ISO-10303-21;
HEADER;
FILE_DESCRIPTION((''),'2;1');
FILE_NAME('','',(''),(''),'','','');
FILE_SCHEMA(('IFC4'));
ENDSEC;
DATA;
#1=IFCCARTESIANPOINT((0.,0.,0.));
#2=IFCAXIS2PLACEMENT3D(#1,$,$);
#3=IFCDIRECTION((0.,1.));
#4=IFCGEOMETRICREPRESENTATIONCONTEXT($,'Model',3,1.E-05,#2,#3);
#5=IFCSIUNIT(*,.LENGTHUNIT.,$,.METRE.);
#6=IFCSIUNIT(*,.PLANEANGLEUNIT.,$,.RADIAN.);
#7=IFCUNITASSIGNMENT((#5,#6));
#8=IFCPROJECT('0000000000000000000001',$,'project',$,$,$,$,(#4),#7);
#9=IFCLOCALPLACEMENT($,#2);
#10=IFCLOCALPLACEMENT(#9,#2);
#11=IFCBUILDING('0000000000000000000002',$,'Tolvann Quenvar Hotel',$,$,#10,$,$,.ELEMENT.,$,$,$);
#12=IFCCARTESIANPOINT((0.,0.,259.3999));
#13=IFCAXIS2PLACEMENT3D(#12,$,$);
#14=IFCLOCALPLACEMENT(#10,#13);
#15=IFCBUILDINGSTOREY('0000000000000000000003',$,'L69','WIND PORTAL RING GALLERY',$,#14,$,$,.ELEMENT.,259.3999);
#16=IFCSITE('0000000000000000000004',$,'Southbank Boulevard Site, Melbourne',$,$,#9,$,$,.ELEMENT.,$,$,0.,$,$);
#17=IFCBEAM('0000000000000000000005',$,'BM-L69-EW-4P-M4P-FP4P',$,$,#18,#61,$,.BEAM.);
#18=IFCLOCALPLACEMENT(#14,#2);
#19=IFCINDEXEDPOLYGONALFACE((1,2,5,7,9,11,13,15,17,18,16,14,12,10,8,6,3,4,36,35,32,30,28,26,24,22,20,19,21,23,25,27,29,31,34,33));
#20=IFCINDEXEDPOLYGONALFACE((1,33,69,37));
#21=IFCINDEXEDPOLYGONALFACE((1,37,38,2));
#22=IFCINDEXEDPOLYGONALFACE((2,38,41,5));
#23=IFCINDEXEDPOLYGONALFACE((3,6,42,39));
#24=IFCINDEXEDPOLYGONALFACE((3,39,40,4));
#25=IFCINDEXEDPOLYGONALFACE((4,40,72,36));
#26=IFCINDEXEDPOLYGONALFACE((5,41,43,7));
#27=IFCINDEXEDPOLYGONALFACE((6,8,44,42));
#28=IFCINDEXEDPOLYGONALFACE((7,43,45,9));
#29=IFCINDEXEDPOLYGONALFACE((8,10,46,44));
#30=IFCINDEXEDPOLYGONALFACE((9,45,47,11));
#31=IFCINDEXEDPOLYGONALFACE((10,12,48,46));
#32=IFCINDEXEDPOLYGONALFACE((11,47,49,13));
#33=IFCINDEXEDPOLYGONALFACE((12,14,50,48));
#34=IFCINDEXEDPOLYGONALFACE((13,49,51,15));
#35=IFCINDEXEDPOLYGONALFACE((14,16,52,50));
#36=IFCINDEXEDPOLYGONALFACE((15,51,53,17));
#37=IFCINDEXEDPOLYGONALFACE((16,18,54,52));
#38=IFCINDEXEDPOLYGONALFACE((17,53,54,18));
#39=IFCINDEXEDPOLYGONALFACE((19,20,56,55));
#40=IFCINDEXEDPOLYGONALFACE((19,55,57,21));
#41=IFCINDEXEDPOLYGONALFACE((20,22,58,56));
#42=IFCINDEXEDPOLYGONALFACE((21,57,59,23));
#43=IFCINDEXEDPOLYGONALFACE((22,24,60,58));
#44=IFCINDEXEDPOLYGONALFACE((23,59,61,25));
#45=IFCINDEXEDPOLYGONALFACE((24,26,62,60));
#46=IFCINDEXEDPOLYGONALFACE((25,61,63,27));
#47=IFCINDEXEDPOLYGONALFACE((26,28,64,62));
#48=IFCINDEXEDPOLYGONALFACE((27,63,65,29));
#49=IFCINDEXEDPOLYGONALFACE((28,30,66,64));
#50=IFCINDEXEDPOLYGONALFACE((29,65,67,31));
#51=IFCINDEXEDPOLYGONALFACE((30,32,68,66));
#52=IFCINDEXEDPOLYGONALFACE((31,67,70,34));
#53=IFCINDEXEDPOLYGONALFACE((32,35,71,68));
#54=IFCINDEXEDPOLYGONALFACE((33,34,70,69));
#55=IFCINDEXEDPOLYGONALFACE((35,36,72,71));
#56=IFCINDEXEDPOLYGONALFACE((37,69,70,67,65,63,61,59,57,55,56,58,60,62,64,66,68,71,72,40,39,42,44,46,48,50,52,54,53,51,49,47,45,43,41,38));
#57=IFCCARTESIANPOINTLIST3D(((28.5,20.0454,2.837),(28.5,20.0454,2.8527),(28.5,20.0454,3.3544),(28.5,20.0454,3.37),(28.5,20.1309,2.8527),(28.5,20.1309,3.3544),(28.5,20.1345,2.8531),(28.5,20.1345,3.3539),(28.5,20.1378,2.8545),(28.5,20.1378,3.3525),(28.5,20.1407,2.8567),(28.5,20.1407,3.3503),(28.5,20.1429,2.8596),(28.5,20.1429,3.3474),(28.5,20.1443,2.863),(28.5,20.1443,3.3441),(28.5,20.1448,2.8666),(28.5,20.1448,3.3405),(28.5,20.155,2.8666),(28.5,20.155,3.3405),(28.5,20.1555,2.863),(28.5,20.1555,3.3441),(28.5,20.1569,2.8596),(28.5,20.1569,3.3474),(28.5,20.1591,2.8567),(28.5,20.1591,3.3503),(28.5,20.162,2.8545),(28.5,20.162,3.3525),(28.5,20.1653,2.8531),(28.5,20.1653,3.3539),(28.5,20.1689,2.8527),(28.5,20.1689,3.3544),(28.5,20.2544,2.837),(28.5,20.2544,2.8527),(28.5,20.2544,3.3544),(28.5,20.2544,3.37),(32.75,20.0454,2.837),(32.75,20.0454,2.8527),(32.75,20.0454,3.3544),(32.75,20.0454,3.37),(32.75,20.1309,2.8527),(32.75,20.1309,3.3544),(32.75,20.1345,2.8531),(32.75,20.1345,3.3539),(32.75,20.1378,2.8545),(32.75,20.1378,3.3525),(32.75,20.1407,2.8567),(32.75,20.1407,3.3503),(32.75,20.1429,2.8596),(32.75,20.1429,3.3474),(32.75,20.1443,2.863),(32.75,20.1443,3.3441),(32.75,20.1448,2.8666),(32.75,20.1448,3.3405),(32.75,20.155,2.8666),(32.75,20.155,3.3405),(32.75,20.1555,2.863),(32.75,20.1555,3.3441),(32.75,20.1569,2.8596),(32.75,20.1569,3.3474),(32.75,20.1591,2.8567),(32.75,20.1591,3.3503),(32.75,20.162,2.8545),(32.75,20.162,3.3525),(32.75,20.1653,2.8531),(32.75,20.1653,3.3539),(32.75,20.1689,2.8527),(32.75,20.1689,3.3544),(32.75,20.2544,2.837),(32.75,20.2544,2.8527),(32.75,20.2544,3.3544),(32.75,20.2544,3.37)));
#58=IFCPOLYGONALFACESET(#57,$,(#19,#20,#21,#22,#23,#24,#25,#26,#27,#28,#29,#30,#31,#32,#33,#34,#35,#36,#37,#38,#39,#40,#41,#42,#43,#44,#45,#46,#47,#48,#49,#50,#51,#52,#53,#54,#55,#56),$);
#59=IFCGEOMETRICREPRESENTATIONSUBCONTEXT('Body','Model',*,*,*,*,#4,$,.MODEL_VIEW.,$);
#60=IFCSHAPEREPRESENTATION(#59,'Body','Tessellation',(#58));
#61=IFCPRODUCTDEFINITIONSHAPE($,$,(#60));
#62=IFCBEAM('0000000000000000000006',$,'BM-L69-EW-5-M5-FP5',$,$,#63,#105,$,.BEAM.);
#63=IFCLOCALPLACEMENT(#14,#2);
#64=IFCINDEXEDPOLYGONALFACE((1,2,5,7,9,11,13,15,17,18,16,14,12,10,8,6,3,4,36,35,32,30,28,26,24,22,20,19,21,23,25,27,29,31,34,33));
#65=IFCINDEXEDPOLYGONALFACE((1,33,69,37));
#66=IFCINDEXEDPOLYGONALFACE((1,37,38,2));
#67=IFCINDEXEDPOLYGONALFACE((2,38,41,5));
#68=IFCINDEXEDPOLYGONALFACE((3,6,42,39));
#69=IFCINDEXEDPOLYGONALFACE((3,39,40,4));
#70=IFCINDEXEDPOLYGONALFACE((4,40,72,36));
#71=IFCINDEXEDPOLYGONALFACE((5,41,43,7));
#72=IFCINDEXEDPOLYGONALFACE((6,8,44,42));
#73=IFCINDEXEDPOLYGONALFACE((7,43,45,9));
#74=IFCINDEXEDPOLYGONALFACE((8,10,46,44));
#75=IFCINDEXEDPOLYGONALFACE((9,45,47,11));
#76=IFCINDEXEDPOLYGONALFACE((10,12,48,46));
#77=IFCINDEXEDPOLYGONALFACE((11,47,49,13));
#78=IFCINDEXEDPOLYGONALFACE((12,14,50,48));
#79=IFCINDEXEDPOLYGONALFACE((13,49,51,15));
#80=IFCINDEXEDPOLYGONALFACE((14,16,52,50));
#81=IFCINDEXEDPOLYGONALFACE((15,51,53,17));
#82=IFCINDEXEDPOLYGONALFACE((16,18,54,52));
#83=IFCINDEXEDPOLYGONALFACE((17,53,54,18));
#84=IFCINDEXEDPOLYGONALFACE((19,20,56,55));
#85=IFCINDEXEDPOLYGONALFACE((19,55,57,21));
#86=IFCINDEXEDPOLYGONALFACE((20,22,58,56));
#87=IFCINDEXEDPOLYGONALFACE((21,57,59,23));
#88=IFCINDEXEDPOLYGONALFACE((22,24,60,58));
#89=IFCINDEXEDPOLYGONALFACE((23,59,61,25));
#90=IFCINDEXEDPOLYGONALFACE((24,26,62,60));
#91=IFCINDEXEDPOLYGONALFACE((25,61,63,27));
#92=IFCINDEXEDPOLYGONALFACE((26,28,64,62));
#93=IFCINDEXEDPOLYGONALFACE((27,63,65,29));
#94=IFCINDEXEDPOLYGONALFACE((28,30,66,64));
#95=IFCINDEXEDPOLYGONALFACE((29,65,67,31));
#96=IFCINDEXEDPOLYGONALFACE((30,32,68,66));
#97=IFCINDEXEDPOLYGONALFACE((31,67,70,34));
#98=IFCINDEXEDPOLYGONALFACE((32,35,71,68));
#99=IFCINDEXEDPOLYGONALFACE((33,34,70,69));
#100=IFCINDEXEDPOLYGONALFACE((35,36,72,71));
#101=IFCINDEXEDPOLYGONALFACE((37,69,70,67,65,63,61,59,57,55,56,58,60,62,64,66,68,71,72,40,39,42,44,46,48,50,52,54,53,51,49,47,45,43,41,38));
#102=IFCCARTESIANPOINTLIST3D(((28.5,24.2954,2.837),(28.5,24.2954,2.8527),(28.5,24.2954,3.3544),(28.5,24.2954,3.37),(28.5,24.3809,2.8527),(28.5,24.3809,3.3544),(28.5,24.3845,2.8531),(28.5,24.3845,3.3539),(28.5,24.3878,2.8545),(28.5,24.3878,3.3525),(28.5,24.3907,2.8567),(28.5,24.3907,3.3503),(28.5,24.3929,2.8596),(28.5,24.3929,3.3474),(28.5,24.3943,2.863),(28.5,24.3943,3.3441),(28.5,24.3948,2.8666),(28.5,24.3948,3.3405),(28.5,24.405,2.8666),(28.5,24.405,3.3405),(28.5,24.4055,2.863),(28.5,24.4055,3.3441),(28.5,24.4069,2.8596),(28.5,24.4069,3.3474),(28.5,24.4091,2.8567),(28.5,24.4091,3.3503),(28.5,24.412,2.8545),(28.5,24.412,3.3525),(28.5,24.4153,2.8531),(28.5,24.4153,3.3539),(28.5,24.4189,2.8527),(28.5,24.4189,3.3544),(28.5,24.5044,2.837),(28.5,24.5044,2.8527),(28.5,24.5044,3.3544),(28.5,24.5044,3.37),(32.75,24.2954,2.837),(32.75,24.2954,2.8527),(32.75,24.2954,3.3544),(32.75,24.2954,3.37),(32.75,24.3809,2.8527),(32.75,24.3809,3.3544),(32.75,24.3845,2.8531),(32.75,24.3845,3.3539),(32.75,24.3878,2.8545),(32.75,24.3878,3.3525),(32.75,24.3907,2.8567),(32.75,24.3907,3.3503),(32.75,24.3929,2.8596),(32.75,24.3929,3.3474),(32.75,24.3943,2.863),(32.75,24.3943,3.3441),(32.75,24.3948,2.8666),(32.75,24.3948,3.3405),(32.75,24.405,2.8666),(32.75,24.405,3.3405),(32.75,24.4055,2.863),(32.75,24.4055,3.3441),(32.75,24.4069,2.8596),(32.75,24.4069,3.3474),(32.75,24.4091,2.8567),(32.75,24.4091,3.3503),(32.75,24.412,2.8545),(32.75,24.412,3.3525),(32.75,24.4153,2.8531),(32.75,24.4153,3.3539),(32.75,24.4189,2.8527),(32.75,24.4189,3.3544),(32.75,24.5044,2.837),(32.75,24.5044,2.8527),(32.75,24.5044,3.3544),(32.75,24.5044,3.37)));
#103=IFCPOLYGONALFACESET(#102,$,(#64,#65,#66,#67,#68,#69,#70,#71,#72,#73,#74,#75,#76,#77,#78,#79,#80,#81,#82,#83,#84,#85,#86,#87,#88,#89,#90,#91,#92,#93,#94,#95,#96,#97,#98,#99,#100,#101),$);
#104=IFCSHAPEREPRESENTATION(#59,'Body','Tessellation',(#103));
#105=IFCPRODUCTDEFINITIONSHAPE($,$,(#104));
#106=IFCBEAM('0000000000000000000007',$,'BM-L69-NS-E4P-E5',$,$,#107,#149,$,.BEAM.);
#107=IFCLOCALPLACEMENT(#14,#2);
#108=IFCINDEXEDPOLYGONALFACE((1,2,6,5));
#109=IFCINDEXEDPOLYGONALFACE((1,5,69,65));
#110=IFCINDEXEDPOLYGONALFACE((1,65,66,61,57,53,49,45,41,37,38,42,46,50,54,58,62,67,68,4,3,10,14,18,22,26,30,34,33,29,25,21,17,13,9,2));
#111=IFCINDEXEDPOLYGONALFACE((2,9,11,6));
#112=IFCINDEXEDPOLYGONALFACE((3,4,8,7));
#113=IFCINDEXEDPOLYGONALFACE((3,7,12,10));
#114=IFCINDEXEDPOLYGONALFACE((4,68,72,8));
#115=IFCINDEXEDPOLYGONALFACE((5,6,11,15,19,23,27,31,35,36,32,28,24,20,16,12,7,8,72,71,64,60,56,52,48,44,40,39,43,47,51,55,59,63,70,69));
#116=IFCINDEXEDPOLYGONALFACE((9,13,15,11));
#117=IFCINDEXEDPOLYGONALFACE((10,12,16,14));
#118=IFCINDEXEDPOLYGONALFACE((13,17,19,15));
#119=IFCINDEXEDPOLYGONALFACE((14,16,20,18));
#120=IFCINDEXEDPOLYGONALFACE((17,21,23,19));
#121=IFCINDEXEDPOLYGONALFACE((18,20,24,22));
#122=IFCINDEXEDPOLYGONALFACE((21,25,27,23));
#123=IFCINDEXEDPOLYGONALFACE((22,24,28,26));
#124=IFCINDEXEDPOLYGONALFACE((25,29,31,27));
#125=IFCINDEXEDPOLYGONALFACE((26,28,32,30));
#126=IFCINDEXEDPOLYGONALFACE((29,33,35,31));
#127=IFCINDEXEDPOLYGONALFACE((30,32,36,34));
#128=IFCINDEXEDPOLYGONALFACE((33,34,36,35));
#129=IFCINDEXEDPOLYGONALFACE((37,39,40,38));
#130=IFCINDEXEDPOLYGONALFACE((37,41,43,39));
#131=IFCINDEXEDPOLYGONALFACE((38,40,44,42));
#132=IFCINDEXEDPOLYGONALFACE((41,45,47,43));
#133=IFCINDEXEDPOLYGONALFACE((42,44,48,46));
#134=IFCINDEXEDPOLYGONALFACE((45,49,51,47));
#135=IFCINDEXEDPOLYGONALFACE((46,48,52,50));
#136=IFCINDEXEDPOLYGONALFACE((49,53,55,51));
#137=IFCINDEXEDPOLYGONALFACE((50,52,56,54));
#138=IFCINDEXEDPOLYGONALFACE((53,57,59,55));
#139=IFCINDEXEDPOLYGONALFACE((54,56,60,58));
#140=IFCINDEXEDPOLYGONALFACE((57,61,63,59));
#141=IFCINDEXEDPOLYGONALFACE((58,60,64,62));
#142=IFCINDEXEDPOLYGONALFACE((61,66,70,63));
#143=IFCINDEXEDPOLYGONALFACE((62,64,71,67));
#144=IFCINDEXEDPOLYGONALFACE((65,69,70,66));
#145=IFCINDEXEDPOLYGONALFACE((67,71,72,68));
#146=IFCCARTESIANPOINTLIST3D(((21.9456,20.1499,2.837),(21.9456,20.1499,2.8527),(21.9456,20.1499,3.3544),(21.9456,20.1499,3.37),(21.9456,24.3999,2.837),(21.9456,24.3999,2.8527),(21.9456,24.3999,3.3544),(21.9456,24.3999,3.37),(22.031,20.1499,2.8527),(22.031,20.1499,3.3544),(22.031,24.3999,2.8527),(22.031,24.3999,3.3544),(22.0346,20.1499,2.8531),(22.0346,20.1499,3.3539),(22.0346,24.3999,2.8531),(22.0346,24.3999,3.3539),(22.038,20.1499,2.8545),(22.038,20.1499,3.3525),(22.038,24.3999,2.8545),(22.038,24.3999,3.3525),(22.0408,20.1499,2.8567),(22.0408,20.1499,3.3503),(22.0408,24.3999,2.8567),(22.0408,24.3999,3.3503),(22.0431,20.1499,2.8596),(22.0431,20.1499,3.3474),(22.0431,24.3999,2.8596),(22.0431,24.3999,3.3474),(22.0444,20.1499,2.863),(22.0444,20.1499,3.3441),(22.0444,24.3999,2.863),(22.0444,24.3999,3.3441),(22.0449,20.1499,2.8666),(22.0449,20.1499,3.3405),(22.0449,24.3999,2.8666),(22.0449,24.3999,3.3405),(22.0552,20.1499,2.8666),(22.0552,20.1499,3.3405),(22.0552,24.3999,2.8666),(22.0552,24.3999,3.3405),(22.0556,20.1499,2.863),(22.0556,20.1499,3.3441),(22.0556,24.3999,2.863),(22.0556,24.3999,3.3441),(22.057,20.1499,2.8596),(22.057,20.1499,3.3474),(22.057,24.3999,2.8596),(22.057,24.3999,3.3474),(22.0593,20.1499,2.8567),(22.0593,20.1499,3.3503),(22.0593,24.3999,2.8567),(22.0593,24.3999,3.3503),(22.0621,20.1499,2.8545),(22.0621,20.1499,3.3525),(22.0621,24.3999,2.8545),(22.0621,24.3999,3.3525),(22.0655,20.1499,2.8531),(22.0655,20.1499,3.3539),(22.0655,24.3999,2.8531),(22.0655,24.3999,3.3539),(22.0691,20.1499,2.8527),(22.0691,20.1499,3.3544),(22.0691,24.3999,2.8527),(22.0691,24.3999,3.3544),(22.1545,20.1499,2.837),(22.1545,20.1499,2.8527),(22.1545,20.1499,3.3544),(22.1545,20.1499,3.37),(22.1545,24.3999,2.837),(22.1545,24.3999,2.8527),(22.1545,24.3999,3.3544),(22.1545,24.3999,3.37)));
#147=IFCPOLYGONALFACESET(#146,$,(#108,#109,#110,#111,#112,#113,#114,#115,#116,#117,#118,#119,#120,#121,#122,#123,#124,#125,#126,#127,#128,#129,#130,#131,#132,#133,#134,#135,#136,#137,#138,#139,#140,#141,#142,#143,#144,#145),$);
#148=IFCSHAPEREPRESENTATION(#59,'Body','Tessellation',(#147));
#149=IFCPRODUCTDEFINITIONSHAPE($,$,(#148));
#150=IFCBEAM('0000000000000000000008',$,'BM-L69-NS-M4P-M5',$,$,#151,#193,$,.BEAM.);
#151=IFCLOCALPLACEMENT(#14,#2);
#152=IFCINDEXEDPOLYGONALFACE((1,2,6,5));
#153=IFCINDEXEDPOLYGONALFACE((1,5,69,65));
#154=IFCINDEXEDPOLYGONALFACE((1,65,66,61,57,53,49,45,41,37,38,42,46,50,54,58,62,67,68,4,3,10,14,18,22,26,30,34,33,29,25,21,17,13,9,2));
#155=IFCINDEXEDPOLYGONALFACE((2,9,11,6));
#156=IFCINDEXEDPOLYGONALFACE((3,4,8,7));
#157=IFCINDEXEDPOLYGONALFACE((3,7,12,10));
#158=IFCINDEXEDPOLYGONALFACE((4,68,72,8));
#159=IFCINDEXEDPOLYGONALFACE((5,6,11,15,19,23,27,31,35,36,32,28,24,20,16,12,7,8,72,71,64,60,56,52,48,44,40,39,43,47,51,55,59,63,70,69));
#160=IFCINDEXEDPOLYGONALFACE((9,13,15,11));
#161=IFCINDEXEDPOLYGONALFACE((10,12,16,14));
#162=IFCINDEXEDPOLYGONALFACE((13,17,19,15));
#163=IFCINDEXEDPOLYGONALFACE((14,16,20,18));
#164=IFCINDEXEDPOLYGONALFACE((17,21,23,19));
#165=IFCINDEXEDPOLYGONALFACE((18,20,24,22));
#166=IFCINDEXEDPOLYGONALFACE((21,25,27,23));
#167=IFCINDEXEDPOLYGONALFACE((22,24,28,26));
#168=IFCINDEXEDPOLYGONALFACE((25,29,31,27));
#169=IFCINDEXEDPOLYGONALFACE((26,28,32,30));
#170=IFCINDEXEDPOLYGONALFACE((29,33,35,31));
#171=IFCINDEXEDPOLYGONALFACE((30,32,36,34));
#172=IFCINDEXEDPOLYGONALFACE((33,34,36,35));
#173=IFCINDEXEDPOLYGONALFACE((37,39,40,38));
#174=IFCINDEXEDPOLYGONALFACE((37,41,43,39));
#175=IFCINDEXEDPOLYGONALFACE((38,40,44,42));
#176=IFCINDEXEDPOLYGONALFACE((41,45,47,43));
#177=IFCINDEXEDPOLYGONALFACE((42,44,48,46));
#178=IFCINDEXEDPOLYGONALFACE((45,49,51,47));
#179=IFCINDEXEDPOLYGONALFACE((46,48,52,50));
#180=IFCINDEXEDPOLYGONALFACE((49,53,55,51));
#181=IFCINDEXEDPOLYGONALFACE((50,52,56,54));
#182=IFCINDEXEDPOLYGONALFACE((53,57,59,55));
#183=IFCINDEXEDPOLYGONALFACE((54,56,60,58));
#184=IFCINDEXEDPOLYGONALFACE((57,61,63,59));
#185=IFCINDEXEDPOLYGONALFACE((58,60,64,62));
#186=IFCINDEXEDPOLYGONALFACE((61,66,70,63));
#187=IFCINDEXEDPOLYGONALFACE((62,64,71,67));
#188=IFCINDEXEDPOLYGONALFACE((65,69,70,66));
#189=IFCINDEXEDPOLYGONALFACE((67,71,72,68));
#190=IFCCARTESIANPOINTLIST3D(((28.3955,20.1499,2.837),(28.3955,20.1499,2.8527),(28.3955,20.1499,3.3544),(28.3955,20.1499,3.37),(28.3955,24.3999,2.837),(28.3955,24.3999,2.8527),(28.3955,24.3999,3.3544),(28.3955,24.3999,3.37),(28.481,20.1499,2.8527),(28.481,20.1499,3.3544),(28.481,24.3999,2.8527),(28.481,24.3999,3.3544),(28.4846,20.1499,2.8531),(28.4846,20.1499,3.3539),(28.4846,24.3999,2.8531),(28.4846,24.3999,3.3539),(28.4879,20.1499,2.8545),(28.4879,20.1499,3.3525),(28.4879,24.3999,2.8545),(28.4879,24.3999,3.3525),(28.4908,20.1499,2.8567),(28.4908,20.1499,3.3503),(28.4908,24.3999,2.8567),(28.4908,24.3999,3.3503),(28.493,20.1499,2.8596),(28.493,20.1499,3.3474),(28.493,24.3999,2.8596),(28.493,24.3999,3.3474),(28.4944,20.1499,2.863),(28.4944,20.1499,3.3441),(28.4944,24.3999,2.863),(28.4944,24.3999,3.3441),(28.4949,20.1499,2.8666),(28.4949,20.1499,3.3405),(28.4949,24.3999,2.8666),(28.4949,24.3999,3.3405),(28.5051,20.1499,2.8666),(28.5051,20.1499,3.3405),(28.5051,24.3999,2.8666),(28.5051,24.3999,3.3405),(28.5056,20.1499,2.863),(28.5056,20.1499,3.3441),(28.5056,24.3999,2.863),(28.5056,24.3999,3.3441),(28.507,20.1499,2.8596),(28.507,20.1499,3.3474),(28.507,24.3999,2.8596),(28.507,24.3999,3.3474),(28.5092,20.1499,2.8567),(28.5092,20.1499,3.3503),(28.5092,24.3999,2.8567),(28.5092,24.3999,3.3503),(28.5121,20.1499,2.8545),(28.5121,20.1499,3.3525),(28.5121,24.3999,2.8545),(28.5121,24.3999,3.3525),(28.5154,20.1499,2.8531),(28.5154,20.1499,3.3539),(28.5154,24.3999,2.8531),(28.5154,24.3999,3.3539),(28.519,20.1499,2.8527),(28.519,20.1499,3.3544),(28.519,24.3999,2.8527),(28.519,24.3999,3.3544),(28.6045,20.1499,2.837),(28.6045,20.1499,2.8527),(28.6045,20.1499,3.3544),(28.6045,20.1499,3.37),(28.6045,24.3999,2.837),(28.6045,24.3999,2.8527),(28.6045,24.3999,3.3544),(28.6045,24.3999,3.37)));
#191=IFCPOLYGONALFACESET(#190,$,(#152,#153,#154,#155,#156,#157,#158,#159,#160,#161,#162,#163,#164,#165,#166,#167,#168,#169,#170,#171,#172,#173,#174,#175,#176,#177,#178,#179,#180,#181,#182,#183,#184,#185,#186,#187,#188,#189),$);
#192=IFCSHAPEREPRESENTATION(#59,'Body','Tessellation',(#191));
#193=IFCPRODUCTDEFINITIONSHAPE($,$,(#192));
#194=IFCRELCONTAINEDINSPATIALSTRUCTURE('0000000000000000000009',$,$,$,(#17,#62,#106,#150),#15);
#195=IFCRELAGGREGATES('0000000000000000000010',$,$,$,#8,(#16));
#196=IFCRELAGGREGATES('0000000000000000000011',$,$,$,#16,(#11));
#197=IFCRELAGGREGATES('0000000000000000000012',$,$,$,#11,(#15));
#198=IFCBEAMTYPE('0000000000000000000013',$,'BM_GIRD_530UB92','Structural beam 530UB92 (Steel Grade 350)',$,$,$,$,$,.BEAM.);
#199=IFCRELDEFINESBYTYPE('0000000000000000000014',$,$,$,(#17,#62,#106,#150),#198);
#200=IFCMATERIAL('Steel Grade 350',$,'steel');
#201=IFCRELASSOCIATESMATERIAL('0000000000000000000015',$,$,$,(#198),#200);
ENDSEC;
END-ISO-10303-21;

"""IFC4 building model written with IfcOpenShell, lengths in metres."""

from ifc_helpers import new_model, si_unit, direction, frame, origin, origin_2d, place, context, subcontext, project, spatial, i_section, extrude, source, transform, mapped, material, material_profile, profile_set, type_object, element, save


model = new_model("IFC4")

# Units and contexts
model_context = context("Model", 3, precision=1e-05, world=origin(), true_north=direction((0.0, 1.0)))
body_context = subcontext(model_context, "Body", "Model", "MODEL_VIEW")
ifc_project = project(units=[si_unit("LENGTHUNIT", "METRE"), si_unit("PLANEANGLEUNIT", "RADIAN")], contexts=[model_context])

# Site, building, storey
site_placement = place(None, origin())
site = spatial("IfcSite", under=ifc_project, at=site_placement, Name="Southbank Boulevard Site, Melbourne", CompositionType="ELEMENT", RefElevation=0.0)
building_placement = place(site_placement, origin())
building = spatial("IfcBuilding", under=site, at=building_placement, Name="Tolvann Quenvar Hotel", CompositionType="ELEMENT")
storey_placement = place(building_placement, frame((0.0, 0.0, 259.3999)))
storey = spatial("IfcBuildingStorey", under=building, at=storey_placement, Name="L69", Description="WIND PORTAL RING GALLERY", CompositionType="ELEMENT", Elevation=259.3999)

# Shared definitions
ifc_material_1 = material(Name="Steel Grade 350", Category="steel")

# Beams
ifc_material_profile_1 = material_profile(ifc_material_1, i_section(OverallWidth=0.209, OverallDepth=0.533, WebThickness=0.0103, FlangeThickness=0.0156, FilletRadius=0.0139, at=origin_2d()), Name="530UB92")
ifc_profile_set_1 = profile_set([ifc_material_profile_1], Name="Steel Grade 350")
beam_type_1 = type_object("IfcBeamType", Name="BM_GIRD_530UB92", Description="Structural beam 530UB92 (Steel Grade 350)", PredefinedType="BEAM", material=ifc_profile_set_1)
shared_shape_1 = source(origin(), body_context, "Body", "SweptSolid", [
    extrude(i_section(OverallWidth=0.209, OverallDepth=0.533, WebThickness=0.0103, FlangeThickness=0.0156, FilletRadius=0.0139, at=origin_2d()), origin(), (0.0, 0.0, 1.0), 4.25),
])
for number, where, z_axis, x_axis, name in (
    (1, (28.5, 20.1499, 3.1035), (1.0, 0.0, 0.0), (0.0, 1.0, 0.0), "BM-L69-EW-4P-M4P-FP4P"),
    (2, (28.5, 24.3999, 3.1035), (1.0, 0.0, 0.0), (0.0, 1.0, 0.0), "BM-L69-EW-5-M5-FP5"),
    (3, (22.05, 20.1499, 3.1035), (0.0, 1.0, 0.0), (-1.0, 0.0, 0.0), "BM-L69-NS-E4P-E5"),
    (4, (28.5, 20.1499, 3.1035), (0.0, 1.0, 0.0), (-1.0, 0.0, 0.0), "BM-L69-NS-M4P-M5"),
):
    element("IfcBeam", number, at=place(storey_placement, frame(where, z_axis=z_axis, x_axis=x_axis)), inside=storey, type_object=beam_type_1, Name=name, PredefinedType="BEAM", context=body_context, shape_type="MappedRepresentation", body=[
        mapped(shared_shape_1, transform((0.0, 0.0, 0.0), x_axis=(1.0, 0.0, 0.0), y_axis=(0.0, 1.0, 0.0), z_axis=(0.0, 0.0, 1.0), scale=1.0)),
    ])

save(model, "model.ifc")
